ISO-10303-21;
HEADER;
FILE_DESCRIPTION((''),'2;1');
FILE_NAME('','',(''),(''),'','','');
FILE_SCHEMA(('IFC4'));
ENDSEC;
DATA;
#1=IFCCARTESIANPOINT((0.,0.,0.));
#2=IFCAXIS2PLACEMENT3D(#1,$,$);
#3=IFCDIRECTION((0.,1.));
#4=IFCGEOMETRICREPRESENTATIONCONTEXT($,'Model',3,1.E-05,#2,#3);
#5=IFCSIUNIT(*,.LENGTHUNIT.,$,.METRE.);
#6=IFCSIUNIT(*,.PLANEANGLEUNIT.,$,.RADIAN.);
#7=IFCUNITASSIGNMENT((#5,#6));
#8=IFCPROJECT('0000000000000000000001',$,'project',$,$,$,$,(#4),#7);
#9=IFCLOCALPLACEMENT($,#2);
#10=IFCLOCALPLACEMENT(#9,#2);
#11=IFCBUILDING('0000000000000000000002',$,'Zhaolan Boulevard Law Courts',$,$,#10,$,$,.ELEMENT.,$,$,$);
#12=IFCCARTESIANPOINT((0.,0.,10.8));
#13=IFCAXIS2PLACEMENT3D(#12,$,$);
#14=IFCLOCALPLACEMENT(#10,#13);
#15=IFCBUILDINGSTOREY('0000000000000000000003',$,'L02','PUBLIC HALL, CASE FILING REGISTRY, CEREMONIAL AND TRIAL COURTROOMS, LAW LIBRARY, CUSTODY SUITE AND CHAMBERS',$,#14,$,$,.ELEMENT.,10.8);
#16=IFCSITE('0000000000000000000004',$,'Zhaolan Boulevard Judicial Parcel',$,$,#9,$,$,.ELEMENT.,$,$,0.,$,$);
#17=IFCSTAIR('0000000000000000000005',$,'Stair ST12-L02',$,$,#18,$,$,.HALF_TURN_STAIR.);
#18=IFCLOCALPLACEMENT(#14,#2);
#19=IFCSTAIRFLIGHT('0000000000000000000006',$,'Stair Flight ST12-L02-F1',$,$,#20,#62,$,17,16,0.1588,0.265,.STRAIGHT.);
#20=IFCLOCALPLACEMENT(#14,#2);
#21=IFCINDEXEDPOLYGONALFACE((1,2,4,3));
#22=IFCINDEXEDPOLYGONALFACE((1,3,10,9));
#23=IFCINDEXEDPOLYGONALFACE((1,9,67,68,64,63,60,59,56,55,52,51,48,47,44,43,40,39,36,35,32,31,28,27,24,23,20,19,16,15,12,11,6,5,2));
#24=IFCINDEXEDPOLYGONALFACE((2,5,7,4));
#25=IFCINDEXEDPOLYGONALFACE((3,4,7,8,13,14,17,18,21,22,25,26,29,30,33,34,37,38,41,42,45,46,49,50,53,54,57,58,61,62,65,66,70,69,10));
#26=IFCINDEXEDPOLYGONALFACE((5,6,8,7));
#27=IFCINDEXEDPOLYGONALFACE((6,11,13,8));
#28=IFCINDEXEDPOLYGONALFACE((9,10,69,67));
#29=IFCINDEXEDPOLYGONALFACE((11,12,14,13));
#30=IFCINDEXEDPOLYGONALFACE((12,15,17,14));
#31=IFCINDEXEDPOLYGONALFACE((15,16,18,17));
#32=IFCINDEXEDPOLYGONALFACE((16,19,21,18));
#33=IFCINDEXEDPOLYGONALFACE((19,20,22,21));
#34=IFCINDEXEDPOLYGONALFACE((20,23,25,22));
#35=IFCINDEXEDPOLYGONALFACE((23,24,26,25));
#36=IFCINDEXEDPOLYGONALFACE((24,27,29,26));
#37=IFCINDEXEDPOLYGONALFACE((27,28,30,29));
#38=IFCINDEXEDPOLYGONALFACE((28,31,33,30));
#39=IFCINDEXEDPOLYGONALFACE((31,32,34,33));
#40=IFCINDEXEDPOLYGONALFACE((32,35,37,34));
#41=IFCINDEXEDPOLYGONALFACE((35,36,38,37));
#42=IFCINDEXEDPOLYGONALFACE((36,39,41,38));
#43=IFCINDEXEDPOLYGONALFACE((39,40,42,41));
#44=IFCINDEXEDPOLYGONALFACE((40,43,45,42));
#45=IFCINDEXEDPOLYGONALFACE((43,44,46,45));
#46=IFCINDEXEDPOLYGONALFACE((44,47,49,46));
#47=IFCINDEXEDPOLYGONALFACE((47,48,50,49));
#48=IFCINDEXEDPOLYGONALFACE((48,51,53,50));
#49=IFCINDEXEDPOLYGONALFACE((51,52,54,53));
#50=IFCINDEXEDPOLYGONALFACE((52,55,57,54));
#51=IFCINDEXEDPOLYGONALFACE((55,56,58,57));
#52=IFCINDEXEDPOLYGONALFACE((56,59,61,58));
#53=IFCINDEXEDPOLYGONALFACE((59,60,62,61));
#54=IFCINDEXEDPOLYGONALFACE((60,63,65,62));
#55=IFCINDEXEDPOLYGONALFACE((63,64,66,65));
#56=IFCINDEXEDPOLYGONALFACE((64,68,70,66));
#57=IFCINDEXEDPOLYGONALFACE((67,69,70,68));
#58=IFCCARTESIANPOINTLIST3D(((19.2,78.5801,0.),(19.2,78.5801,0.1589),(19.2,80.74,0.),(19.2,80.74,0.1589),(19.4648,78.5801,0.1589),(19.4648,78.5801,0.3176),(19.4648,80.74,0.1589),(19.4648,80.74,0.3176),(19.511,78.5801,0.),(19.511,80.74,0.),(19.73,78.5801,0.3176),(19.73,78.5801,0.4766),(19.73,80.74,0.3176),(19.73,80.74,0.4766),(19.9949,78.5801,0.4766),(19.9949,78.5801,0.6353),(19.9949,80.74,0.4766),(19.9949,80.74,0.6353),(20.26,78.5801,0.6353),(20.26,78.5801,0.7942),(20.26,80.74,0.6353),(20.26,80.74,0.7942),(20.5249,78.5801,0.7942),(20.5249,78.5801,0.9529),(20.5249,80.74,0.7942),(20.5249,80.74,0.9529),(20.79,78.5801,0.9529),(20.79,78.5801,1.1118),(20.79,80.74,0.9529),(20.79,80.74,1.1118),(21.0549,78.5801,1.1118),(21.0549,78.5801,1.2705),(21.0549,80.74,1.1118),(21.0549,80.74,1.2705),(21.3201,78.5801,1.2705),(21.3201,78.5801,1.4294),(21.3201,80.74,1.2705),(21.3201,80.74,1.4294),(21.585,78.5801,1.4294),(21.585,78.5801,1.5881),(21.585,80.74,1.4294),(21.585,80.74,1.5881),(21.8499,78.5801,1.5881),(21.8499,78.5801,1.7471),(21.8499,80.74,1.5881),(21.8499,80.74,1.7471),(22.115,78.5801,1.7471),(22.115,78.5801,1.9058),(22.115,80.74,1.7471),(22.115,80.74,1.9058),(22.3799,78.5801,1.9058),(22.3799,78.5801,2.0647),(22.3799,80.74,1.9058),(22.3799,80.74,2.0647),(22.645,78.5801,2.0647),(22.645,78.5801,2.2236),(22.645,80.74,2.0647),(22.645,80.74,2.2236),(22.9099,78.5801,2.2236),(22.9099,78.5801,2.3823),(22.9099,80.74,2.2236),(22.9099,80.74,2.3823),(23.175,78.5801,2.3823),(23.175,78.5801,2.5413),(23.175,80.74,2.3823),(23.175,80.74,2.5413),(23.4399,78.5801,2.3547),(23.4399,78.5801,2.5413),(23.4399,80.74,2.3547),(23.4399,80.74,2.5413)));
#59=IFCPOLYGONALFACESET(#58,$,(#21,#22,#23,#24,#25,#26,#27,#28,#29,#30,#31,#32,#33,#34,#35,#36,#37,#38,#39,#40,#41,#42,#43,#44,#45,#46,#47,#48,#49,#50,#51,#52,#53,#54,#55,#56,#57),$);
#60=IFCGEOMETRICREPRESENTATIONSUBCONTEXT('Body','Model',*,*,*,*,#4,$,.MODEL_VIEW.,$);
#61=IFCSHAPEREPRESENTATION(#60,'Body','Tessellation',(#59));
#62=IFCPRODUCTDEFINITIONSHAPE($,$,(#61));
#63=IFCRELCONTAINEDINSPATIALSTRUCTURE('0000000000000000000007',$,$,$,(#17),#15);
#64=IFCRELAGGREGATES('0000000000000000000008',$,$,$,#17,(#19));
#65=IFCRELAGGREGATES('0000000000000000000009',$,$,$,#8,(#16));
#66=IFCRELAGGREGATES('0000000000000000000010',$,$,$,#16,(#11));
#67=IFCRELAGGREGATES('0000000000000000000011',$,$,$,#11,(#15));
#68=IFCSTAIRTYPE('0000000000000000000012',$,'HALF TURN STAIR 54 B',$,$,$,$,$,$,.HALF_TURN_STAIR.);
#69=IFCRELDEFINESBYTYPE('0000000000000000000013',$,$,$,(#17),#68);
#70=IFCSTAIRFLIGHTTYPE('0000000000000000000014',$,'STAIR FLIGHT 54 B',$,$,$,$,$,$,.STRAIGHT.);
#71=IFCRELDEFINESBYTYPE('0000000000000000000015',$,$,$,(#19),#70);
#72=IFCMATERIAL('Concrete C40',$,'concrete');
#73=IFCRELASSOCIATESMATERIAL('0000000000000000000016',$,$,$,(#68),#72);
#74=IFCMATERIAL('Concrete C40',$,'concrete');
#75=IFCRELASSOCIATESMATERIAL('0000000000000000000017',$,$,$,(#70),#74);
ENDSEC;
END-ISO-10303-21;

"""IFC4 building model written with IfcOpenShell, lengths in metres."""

from ifc_helpers import new_model, si_unit, direction, frame, origin, place, context, subcontext, project, spatial, polyline, outline, extrude, material, type_object, element, aggregate, save


model = new_model("IFC4")

# Units and contexts
model_context = context("Model", 3, precision=1e-05, world=origin(), true_north=direction((0.0, 1.0)))
body_context = subcontext(model_context, "Body", "Model", "MODEL_VIEW")
ifc_project = project(units=[si_unit("LENGTHUNIT", "METRE"), si_unit("PLANEANGLEUNIT", "RADIAN")], contexts=[model_context])

# Site, building, storey
site_placement = place(None, origin())
site = spatial("IfcSite", under=ifc_project, at=site_placement, Name="Zhaolan Boulevard Judicial Parcel", CompositionType="ELEMENT", RefElevation=0.0)
building_placement = place(site_placement, origin())
building = spatial("IfcBuilding", under=site, at=building_placement, Name="Zhaolan Boulevard Law Courts", CompositionType="ELEMENT")
storey_placement = place(building_placement, frame((0.0, 0.0, 10.8)))
storey = spatial("IfcBuildingStorey", under=building, at=storey_placement, Name="L02", Description="PUBLIC HALL, CASE FILING REGISTRY, CEREMONIAL AND TRIAL COURTROOMS, LAW LIBRARY, CUSTODY SUITE AND CHAMBERS", CompositionType="ELEMENT", Elevation=10.8)

# Stair, stair flight
ifc_material_1 = material(Name="Concrete C40", Category="concrete")
stair_type = type_object("IfcStairType", Name="HALF TURN STAIR 54 B", PredefinedType="HALF_TURN_STAIR", material=ifc_material_1)
stair_placement = place(storey_placement, origin())
stair = element("IfcStair", 1, at=stair_placement, inside=storey, type_object=stair_type, Name="Stair ST12-L02", PredefinedType="HALF_TURN_STAIR")
ifc_material_2 = material(Name="Concrete C40", Category="concrete")
stair_flight_type = type_object("IfcStairFlightType", Name="STAIR FLIGHT 54 B", PredefinedType="STRAIGHT", material=ifc_material_2)
stair_flight_placement = place(storey_placement, frame((19.2, 79.6599, 0.0), z_axis=(0.0, 0.0, 1.0), x_axis=(1.0, 0.0, 0.0)))
stair_flight = element("IfcStairFlight", 2, at=stair_flight_placement, type_object=stair_flight_type, Name="Stair Flight ST12-L02-F1", NumberOfRisers=17, NumberOfTreads=16, PredefinedType="STRAIGHT", RiserHeight=0.1588, TreadLength=0.265, context=body_context, shape_type="SweptSolid", body=[
    extrude(outline(polyline([(0.0, 0.0), (0.0, 0.1589), (0.2649, 0.1589), (0.2649, 0.3176), (0.53, 0.3176), (0.53, 0.4766), (0.7949, 0.4766), (0.7949, 0.6353), (1.0601, 0.6353), (1.0601, 0.7942), (1.325, 0.7942), (1.325, 0.9529), (1.5901, 0.9529), (1.5901, 1.1118), (1.855, 1.1118), (1.855, 1.2705), (2.1201, 1.2705), (2.1201, 1.4294), (2.385, 1.4294), (2.385, 1.5881), (2.6499, 1.5881), (2.6499, 1.7471), (2.915, 1.7471), (2.915, 1.9058), (3.1799, 1.9058), (3.1799, 2.0647), (3.4451, 2.0647), (3.4451, 2.2236), (3.71, 2.2236), (3.71, 2.3823), (3.9751, 2.3823), (3.9751, 2.5413), (4.24, 2.5413), (4.24, 2.7), (4.24, 2.3547), (0.311, 0.0), (0.0, 0.0)])), frame((0.0, 1.0801, 0.0), z_axis=(0.0, -1.0, 0.0), x_axis=(1.0, 0.0, 0.0)), (0.0, 0.0, 1.0), 2.1599),
])
aggregate(stair, [stair_flight])

save(model, "model.ifc")
